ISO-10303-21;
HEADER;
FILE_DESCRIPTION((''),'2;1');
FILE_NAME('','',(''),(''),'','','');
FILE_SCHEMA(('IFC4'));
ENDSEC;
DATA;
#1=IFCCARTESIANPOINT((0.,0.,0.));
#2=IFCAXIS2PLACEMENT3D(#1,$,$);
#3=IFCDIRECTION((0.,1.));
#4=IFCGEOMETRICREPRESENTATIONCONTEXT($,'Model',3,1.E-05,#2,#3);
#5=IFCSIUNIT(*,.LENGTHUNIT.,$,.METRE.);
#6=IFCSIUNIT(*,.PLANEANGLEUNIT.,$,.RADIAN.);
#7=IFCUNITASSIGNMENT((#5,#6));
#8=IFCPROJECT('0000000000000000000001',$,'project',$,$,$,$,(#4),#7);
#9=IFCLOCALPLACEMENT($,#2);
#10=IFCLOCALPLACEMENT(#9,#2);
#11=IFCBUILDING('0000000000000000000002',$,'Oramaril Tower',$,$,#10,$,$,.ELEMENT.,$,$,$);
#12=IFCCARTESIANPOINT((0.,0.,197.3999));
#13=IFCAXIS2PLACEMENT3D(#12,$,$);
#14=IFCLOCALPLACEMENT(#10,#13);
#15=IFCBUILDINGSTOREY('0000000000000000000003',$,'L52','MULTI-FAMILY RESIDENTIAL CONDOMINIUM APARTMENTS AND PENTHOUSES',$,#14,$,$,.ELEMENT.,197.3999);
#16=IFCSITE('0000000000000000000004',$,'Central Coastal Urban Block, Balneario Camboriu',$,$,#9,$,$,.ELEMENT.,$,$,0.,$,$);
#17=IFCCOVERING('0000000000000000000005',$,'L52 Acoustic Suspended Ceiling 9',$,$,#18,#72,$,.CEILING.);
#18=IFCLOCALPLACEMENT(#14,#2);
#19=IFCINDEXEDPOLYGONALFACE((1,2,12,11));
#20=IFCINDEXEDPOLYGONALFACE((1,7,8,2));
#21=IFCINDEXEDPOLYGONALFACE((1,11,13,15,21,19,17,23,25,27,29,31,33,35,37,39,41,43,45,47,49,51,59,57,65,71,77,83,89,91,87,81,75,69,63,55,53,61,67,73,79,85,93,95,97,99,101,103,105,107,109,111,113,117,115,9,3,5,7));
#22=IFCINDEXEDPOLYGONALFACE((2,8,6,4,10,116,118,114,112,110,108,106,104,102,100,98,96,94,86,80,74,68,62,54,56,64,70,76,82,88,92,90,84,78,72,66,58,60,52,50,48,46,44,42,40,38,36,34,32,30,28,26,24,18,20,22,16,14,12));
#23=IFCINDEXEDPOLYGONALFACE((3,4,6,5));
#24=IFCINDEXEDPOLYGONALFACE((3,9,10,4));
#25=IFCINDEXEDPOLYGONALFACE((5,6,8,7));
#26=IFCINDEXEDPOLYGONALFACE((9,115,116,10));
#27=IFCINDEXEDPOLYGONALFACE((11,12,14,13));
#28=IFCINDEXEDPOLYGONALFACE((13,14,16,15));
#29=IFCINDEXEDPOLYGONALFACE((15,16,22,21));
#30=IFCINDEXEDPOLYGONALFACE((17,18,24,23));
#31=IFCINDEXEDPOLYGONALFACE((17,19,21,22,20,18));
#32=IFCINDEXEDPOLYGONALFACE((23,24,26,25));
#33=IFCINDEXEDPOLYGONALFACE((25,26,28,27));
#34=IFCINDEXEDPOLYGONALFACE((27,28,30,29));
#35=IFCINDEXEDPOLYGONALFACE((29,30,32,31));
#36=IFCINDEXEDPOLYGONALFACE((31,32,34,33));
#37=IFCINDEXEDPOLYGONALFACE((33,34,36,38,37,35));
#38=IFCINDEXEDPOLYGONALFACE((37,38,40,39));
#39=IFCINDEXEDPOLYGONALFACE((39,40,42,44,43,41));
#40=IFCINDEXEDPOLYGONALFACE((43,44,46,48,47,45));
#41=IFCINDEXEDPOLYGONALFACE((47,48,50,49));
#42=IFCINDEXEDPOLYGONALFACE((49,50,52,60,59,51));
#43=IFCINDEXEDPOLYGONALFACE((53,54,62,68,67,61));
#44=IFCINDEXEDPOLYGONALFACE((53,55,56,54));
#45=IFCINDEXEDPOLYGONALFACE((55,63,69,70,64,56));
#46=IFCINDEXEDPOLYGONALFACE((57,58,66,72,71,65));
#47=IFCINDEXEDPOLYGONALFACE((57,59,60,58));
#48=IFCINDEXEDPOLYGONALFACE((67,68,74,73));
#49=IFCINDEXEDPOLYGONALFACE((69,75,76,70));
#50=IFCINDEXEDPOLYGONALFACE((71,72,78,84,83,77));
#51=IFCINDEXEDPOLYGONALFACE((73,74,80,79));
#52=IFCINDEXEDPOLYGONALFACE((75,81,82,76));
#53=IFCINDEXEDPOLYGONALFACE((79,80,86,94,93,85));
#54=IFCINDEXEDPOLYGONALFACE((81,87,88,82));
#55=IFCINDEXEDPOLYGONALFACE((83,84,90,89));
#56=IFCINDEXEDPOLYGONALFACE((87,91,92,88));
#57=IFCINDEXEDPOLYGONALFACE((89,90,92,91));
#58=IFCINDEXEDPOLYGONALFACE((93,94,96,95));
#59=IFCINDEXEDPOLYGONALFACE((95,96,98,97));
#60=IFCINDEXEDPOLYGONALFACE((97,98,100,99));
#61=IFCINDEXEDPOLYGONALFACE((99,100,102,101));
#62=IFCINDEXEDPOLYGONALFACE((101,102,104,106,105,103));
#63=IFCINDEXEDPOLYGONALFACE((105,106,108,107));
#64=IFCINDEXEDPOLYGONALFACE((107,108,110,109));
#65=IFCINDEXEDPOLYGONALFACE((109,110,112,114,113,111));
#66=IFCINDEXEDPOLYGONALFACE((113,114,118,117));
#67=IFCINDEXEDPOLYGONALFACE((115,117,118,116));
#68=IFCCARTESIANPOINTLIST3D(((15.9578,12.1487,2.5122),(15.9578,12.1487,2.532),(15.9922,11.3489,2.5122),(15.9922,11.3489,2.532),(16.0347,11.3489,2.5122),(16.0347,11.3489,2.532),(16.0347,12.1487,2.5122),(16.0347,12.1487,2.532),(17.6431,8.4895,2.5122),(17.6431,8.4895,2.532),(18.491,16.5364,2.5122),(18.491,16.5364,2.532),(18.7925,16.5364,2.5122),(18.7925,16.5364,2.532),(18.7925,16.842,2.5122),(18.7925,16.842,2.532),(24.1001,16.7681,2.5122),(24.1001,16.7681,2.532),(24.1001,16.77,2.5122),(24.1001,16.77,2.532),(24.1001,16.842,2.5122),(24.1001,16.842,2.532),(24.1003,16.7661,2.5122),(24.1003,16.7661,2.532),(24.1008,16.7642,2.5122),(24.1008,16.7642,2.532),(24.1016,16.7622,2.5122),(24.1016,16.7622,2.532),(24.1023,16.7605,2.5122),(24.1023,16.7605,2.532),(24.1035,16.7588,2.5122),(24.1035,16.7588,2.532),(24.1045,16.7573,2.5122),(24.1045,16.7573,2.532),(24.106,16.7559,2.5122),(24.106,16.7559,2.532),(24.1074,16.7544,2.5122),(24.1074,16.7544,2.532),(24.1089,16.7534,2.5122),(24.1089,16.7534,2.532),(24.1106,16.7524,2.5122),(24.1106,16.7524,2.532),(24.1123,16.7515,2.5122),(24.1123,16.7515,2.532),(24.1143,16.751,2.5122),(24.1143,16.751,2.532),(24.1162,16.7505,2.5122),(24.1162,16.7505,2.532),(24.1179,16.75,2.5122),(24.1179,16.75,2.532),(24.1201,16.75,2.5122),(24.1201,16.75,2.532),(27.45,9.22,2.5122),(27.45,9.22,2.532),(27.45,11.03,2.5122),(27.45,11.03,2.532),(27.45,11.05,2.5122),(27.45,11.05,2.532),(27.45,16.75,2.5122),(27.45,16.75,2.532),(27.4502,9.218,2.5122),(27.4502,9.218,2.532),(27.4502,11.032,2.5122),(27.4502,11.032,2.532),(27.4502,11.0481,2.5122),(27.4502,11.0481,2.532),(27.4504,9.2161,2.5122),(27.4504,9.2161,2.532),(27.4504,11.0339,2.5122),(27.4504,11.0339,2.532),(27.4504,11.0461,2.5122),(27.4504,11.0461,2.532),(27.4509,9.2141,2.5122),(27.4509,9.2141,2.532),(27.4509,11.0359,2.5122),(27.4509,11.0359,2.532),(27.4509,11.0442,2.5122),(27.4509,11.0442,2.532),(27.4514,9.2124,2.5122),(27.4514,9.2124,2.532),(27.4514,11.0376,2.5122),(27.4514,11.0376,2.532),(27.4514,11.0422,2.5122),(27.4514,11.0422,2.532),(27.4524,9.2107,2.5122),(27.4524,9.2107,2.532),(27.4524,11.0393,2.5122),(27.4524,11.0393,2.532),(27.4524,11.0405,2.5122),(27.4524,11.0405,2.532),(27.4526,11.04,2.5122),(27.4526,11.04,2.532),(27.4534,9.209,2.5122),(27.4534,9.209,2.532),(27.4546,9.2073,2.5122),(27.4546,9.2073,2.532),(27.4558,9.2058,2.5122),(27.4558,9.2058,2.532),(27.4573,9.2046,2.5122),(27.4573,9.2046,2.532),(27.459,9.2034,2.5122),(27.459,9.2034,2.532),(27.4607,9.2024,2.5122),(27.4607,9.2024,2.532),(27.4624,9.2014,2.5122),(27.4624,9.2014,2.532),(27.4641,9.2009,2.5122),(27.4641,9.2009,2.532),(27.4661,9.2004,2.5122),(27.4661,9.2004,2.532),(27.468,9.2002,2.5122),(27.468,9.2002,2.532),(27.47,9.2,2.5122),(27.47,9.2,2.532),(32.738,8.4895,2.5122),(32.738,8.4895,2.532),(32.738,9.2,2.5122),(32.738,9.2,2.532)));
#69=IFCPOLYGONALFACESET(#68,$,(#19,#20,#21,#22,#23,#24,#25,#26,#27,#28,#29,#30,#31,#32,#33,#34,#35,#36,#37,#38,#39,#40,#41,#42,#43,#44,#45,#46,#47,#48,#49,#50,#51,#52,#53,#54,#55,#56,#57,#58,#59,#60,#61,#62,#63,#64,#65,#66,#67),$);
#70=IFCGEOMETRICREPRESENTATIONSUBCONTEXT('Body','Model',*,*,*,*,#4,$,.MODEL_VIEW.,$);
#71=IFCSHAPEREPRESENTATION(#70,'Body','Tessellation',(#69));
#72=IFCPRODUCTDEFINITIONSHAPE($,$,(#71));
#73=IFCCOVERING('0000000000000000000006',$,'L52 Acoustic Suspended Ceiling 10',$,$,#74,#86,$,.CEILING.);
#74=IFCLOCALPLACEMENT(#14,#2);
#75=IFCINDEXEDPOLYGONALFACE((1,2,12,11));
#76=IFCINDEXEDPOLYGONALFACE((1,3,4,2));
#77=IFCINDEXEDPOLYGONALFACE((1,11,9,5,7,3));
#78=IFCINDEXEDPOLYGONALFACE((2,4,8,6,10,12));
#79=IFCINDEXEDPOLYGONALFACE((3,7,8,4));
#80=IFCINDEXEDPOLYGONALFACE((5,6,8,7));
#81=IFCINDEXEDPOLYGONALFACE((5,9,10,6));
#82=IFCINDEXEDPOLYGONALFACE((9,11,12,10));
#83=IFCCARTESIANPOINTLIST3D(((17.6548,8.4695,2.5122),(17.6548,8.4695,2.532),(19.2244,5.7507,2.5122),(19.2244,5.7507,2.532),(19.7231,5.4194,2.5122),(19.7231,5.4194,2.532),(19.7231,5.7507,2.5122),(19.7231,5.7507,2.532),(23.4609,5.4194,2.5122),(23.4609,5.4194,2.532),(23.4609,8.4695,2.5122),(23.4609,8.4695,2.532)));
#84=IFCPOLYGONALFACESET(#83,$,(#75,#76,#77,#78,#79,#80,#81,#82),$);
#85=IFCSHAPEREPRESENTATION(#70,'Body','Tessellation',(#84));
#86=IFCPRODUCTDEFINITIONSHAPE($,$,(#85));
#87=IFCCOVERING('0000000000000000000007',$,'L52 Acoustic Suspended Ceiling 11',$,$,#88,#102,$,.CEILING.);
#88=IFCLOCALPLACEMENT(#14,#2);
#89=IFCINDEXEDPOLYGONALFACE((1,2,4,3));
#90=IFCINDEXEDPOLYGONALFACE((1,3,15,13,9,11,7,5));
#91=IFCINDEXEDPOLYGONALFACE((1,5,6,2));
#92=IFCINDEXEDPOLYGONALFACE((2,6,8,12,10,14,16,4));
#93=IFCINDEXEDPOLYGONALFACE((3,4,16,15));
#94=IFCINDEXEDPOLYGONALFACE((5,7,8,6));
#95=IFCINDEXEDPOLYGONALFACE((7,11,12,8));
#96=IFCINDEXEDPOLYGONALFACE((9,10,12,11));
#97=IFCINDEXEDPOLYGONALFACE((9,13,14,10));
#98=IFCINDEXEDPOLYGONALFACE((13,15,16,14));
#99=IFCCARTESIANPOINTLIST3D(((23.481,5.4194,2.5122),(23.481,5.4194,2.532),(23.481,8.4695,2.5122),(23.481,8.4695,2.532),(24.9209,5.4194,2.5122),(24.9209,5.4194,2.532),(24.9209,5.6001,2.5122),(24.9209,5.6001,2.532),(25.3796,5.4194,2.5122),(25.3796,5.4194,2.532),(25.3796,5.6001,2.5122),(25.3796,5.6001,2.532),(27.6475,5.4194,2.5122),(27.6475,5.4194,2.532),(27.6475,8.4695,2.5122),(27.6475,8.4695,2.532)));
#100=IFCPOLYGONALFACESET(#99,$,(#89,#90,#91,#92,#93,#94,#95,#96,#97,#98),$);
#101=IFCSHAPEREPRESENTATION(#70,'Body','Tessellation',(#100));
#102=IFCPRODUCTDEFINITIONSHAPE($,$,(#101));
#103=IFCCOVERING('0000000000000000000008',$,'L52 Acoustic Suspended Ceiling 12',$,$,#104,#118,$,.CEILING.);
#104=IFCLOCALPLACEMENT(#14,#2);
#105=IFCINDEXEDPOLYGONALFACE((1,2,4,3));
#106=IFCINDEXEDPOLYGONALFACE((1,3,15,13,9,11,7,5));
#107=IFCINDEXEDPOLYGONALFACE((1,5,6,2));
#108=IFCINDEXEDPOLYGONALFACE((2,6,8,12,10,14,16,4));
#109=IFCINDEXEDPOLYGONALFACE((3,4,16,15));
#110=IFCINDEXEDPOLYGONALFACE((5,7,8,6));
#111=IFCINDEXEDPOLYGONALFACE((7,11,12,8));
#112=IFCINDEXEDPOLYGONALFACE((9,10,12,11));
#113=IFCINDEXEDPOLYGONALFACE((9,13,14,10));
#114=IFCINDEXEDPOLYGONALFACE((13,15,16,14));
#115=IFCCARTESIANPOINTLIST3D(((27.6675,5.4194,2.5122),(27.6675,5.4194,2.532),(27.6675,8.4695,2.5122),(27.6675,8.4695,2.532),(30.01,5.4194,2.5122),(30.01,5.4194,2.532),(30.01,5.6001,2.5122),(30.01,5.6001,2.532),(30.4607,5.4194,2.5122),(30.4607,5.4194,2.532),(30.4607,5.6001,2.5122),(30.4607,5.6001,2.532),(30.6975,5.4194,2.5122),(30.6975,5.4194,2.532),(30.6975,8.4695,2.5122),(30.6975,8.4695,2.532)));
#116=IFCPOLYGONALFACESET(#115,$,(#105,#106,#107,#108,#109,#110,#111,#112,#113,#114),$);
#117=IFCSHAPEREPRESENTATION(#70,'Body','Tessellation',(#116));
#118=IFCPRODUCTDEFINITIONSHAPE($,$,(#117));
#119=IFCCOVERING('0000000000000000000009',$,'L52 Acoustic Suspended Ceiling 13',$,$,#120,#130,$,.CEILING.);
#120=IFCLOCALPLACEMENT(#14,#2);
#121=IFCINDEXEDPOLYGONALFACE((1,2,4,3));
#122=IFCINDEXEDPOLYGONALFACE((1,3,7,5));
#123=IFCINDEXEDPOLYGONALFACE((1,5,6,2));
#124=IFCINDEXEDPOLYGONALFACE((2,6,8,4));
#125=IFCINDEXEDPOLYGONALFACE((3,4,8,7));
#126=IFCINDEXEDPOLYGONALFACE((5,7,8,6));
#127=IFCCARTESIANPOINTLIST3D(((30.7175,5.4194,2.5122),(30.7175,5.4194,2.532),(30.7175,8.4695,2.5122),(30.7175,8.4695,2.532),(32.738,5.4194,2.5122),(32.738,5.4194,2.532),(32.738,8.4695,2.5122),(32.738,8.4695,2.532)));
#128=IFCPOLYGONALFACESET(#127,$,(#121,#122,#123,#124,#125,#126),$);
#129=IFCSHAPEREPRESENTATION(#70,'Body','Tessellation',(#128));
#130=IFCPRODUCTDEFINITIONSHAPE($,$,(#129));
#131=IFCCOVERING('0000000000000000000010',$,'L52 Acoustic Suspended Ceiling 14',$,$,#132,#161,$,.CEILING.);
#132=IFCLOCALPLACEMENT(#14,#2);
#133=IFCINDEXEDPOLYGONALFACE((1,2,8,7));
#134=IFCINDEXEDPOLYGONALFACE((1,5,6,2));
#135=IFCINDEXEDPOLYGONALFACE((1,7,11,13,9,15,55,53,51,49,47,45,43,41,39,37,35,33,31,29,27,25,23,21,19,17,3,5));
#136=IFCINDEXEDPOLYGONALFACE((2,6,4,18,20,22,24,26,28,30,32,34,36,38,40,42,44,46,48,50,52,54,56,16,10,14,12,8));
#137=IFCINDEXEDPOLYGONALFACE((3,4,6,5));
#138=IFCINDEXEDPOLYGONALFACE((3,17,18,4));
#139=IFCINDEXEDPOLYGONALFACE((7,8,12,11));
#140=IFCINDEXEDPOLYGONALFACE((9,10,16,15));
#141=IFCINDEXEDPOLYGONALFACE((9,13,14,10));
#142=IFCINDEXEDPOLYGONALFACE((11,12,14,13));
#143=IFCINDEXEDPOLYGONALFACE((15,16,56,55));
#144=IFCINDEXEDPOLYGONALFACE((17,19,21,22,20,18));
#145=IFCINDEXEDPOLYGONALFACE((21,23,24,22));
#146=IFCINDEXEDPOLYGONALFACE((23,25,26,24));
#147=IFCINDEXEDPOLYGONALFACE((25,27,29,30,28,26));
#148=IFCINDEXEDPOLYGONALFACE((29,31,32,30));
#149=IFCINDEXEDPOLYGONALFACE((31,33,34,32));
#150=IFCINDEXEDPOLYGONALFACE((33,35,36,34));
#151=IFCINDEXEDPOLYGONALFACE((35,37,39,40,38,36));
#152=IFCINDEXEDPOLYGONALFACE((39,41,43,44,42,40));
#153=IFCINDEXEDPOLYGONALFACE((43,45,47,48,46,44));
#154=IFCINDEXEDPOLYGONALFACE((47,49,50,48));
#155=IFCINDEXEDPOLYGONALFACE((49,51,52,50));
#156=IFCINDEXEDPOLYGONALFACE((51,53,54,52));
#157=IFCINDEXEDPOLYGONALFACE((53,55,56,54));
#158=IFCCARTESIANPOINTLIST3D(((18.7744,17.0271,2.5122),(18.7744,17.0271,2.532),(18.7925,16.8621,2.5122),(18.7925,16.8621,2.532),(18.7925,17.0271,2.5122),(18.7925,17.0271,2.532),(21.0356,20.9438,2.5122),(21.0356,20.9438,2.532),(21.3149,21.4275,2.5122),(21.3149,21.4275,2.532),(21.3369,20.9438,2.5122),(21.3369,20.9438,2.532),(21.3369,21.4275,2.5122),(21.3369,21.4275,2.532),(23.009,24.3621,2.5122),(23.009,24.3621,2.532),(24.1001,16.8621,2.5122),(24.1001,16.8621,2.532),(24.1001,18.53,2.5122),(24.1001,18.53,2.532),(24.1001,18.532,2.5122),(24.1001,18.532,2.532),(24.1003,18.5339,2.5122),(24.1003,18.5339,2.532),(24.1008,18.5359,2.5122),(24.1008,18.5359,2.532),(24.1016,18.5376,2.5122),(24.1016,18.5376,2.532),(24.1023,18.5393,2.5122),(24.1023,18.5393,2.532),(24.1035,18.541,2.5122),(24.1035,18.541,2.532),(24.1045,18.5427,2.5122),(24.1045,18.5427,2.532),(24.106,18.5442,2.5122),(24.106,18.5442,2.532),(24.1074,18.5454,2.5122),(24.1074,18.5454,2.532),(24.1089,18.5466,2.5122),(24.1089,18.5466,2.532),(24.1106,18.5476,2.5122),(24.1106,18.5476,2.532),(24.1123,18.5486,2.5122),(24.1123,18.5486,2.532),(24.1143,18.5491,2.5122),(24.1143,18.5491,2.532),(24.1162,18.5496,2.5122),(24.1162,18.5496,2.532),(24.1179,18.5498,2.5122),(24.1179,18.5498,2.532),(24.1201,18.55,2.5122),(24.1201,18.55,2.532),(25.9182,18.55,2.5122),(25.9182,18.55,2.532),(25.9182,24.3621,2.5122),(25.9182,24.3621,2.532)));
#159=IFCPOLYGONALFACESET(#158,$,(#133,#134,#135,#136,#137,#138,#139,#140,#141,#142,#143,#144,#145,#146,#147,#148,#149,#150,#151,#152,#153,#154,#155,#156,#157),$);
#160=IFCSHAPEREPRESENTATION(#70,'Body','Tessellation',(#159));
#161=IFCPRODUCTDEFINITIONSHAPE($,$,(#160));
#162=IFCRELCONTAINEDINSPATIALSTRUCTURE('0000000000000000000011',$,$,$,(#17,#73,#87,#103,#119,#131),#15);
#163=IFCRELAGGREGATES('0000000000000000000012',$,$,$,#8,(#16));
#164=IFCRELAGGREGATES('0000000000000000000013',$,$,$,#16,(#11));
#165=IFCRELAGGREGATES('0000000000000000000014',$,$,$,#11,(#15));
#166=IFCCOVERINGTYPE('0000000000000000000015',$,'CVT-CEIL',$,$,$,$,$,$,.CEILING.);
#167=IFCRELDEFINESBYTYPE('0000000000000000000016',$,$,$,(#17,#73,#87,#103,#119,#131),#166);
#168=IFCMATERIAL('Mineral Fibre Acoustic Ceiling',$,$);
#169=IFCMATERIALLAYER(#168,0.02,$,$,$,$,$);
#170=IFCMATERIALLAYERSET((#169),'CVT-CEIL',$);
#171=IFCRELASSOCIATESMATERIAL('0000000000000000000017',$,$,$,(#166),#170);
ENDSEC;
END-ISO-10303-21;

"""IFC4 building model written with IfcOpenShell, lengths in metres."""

from ifc_helpers import new_model, si_unit, direction, frame, origin, place, context, subcontext, project, spatial, polyline, outline, extrude, material, layer, layer_set, type_object, element, save


model = new_model("IFC4")

# Units and contexts
model_context = context("Model", 3, precision=1e-05, world=origin(), true_north=direction((0.0, 1.0)))
body_context = subcontext(model_context, "Body", "Model", "MODEL_VIEW")
ifc_project = project(units=[si_unit("LENGTHUNIT", "METRE"), si_unit("PLANEANGLEUNIT", "RADIAN")], contexts=[model_context])

# Site, building, storey
site_placement = place(None, origin())
site = spatial("IfcSite", under=ifc_project, at=site_placement, Name="Central Coastal Urban Block, Balneario Camboriu", CompositionType="ELEMENT", RefElevation=0.0)
building_placement = place(site_placement, origin())
building = spatial("IfcBuilding", under=site, at=building_placement, Name="Oramaril Tower", CompositionType="ELEMENT")
storey_placement = place(building_placement, frame((0.0, 0.0, 197.3999)))
storey = spatial("IfcBuildingStorey", under=building, at=storey_placement, Name="L52", Description="MULTI-FAMILY RESIDENTIAL CONDOMINIUM APARTMENTS AND PENTHOUSES", CompositionType="ELEMENT", Elevation=197.3999)

# Coverings
ifc_material_1 = material(Name="Mineral Fibre Acoustic Ceiling")
ifc_layer_1 = layer(ifc_material_1, 0.02)
ifc_layer_set_1 = layer_set([ifc_layer_1], Name="CVT-CEIL")
covering_type_1 = type_object("IfcCoveringType", Name="CVT-CEIL", PredefinedType="CEILING", material=ifc_layer_set_1)
covering_1_placement = place(storey_placement, frame((0.0, 0.0, 2.5122)))
element("IfcCovering", 1, at=covering_1_placement, inside=storey, type_object=covering_type_1, Name="L52 Acoustic Suspended Ceiling 9", PredefinedType="CEILING", context=body_context, shape_type="SweptSolid", body=[
    extrude(outline(polyline([(17.6431, 8.4895), (15.9922, 11.3489), (16.0347, 11.3489), (16.0347, 12.1487), (15.9578, 12.1487), (18.491, 16.5364), (18.7925, 16.5364), (18.7925, 16.842), (24.1001, 16.842), (24.1001, 16.77), (24.1001, 16.7681), (24.1003, 16.7661), (24.1008, 16.7642), (24.1016, 16.7622), (24.1023, 16.7605), (24.1035, 16.7588), (24.1045, 16.7573), (24.106, 16.7559), (24.1074, 16.7544), (24.1089, 16.7534), (24.1106, 16.7524), (24.1123, 16.7515), (24.1143, 16.751), (24.1162, 16.7505), (24.1179, 16.75), (24.1201, 16.75), (27.45, 16.75), (27.45, 11.05), (27.4502, 11.0481), (27.4504, 11.0461), (27.4509, 11.0442), (27.4514, 11.0422), (27.4524, 11.0405), (27.4526, 11.04), (27.4524, 11.0393), (27.4514, 11.0376), (27.4509, 11.0359), (27.4504, 11.0339), (27.4502, 11.032), (27.45, 11.03), (27.45, 9.22), (27.4502, 9.218), (27.4504, 9.2161), (27.4509, 9.2141), (27.4514, 9.2124), (27.4524, 9.2107), (27.4534, 9.209), (27.4546, 9.2073), (27.4558, 9.2058), (27.4573, 9.2046), (27.459, 9.2034), (27.4607, 9.2024), (27.4624, 9.2014), (27.4641, 9.2009), (27.4661, 9.2004), (27.468, 9.2002), (27.47, 9.2), (32.738, 9.2), (32.738, 8.4895), (17.6431, 8.4895)])), origin(), (0.0, 0.0, 1.0), 0.0198),
])
covering_2_placement = place(storey_placement, frame((0.0, 0.0, 2.5122)))
element("IfcCovering", 2, at=covering_2_placement, inside=storey, type_object=covering_type_1, Name="L52 Acoustic Suspended Ceiling 10", PredefinedType="CEILING", context=body_context, shape_type="SweptSolid", body=[
    extrude(outline(polyline([(23.4609, 5.4194), (19.7231, 5.4194), (19.7231, 5.7507), (19.2244, 5.7507), (17.6548, 8.4695), (23.4609, 8.4695), (23.4609, 5.4194)])), origin(), (0.0, 0.0, 1.0), 0.0198),
])
covering_3_placement = place(storey_placement, frame((0.0, 0.0, 2.5122)))
element("IfcCovering", 3, at=covering_3_placement, inside=storey, type_object=covering_type_1, Name="L52 Acoustic Suspended Ceiling 11", PredefinedType="CEILING", context=body_context, shape_type="SweptSolid", body=[
    extrude(outline(polyline([(27.6475, 5.4194), (25.3796, 5.4194), (25.3796, 5.6001), (24.9209, 5.6001), (24.9209, 5.4194), (23.481, 5.4194), (23.481, 8.4695), (27.6475, 8.4695), (27.6475, 5.4194)])), origin(), (0.0, 0.0, 1.0), 0.0198),
])
covering_4_placement = place(storey_placement, frame((0.0, 0.0, 2.5122)))
element("IfcCovering", 4, at=covering_4_placement, inside=storey, type_object=covering_type_1, Name="L52 Acoustic Suspended Ceiling 12", PredefinedType="CEILING", context=body_context, shape_type="SweptSolid", body=[
    extrude(outline(polyline([(30.6975, 5.4194), (30.4607, 5.4194), (30.4607, 5.6001), (30.01, 5.6001), (30.01, 5.4194), (27.6675, 5.4194), (27.6675, 8.4695), (30.6975, 8.4695), (30.6975, 5.4194)])), origin(), (0.0, 0.0, 1.0), 0.0198),
])
covering_5_placement = place(storey_placement, frame((0.0, 0.0, 2.5122)))
element("IfcCovering", 5, at=covering_5_placement, inside=storey, type_object=covering_type_1, Name="L52 Acoustic Suspended Ceiling 13", PredefinedType="CEILING", context=body_context, shape_type="SweptSolid", body=[
    extrude(outline(polyline([(30.7175, 5.4194), (30.7175, 8.4695), (32.738, 8.4695), (32.738, 5.4194), (30.7175, 5.4194)])), origin(), (0.0, 0.0, 1.0), 0.0198),
])
covering_6_placement = place(storey_placement, frame((0.0, 0.0, 2.5122)))
element("IfcCovering", 6, at=covering_6_placement, inside=storey, type_object=covering_type_1, Name="L52 Acoustic Suspended Ceiling 14", PredefinedType="CEILING", context=body_context, shape_type="SweptSolid", body=[
    extrude(outline(polyline([(18.7925, 17.0271), (18.7744, 17.0271), (21.0356, 20.9438), (21.3369, 20.9438), (21.3369, 21.4275), (21.3149, 21.4275), (23.009, 24.3621), (25.9182, 24.3621), (25.9182, 18.55), (24.1201, 18.55), (24.1179, 18.5498), (24.1162, 18.5496), (24.1143, 18.5491), (24.1123, 18.5486), (24.1106, 18.5476), (24.1089, 18.5466), (24.1074, 18.5454), (24.106, 18.5442), (24.1045, 18.5427), (24.1035, 18.541), (24.1023, 18.5393), (24.1016, 18.5376), (24.1008, 18.5359), (24.1003, 18.5339), (24.1001, 18.532), (24.1001, 18.53), (24.1001, 16.8621), (18.7925, 16.8621), (18.7925, 17.0271)])), origin(), (0.0, 0.0, 1.0), 0.0198),
])

save(model, "model.ifc")
